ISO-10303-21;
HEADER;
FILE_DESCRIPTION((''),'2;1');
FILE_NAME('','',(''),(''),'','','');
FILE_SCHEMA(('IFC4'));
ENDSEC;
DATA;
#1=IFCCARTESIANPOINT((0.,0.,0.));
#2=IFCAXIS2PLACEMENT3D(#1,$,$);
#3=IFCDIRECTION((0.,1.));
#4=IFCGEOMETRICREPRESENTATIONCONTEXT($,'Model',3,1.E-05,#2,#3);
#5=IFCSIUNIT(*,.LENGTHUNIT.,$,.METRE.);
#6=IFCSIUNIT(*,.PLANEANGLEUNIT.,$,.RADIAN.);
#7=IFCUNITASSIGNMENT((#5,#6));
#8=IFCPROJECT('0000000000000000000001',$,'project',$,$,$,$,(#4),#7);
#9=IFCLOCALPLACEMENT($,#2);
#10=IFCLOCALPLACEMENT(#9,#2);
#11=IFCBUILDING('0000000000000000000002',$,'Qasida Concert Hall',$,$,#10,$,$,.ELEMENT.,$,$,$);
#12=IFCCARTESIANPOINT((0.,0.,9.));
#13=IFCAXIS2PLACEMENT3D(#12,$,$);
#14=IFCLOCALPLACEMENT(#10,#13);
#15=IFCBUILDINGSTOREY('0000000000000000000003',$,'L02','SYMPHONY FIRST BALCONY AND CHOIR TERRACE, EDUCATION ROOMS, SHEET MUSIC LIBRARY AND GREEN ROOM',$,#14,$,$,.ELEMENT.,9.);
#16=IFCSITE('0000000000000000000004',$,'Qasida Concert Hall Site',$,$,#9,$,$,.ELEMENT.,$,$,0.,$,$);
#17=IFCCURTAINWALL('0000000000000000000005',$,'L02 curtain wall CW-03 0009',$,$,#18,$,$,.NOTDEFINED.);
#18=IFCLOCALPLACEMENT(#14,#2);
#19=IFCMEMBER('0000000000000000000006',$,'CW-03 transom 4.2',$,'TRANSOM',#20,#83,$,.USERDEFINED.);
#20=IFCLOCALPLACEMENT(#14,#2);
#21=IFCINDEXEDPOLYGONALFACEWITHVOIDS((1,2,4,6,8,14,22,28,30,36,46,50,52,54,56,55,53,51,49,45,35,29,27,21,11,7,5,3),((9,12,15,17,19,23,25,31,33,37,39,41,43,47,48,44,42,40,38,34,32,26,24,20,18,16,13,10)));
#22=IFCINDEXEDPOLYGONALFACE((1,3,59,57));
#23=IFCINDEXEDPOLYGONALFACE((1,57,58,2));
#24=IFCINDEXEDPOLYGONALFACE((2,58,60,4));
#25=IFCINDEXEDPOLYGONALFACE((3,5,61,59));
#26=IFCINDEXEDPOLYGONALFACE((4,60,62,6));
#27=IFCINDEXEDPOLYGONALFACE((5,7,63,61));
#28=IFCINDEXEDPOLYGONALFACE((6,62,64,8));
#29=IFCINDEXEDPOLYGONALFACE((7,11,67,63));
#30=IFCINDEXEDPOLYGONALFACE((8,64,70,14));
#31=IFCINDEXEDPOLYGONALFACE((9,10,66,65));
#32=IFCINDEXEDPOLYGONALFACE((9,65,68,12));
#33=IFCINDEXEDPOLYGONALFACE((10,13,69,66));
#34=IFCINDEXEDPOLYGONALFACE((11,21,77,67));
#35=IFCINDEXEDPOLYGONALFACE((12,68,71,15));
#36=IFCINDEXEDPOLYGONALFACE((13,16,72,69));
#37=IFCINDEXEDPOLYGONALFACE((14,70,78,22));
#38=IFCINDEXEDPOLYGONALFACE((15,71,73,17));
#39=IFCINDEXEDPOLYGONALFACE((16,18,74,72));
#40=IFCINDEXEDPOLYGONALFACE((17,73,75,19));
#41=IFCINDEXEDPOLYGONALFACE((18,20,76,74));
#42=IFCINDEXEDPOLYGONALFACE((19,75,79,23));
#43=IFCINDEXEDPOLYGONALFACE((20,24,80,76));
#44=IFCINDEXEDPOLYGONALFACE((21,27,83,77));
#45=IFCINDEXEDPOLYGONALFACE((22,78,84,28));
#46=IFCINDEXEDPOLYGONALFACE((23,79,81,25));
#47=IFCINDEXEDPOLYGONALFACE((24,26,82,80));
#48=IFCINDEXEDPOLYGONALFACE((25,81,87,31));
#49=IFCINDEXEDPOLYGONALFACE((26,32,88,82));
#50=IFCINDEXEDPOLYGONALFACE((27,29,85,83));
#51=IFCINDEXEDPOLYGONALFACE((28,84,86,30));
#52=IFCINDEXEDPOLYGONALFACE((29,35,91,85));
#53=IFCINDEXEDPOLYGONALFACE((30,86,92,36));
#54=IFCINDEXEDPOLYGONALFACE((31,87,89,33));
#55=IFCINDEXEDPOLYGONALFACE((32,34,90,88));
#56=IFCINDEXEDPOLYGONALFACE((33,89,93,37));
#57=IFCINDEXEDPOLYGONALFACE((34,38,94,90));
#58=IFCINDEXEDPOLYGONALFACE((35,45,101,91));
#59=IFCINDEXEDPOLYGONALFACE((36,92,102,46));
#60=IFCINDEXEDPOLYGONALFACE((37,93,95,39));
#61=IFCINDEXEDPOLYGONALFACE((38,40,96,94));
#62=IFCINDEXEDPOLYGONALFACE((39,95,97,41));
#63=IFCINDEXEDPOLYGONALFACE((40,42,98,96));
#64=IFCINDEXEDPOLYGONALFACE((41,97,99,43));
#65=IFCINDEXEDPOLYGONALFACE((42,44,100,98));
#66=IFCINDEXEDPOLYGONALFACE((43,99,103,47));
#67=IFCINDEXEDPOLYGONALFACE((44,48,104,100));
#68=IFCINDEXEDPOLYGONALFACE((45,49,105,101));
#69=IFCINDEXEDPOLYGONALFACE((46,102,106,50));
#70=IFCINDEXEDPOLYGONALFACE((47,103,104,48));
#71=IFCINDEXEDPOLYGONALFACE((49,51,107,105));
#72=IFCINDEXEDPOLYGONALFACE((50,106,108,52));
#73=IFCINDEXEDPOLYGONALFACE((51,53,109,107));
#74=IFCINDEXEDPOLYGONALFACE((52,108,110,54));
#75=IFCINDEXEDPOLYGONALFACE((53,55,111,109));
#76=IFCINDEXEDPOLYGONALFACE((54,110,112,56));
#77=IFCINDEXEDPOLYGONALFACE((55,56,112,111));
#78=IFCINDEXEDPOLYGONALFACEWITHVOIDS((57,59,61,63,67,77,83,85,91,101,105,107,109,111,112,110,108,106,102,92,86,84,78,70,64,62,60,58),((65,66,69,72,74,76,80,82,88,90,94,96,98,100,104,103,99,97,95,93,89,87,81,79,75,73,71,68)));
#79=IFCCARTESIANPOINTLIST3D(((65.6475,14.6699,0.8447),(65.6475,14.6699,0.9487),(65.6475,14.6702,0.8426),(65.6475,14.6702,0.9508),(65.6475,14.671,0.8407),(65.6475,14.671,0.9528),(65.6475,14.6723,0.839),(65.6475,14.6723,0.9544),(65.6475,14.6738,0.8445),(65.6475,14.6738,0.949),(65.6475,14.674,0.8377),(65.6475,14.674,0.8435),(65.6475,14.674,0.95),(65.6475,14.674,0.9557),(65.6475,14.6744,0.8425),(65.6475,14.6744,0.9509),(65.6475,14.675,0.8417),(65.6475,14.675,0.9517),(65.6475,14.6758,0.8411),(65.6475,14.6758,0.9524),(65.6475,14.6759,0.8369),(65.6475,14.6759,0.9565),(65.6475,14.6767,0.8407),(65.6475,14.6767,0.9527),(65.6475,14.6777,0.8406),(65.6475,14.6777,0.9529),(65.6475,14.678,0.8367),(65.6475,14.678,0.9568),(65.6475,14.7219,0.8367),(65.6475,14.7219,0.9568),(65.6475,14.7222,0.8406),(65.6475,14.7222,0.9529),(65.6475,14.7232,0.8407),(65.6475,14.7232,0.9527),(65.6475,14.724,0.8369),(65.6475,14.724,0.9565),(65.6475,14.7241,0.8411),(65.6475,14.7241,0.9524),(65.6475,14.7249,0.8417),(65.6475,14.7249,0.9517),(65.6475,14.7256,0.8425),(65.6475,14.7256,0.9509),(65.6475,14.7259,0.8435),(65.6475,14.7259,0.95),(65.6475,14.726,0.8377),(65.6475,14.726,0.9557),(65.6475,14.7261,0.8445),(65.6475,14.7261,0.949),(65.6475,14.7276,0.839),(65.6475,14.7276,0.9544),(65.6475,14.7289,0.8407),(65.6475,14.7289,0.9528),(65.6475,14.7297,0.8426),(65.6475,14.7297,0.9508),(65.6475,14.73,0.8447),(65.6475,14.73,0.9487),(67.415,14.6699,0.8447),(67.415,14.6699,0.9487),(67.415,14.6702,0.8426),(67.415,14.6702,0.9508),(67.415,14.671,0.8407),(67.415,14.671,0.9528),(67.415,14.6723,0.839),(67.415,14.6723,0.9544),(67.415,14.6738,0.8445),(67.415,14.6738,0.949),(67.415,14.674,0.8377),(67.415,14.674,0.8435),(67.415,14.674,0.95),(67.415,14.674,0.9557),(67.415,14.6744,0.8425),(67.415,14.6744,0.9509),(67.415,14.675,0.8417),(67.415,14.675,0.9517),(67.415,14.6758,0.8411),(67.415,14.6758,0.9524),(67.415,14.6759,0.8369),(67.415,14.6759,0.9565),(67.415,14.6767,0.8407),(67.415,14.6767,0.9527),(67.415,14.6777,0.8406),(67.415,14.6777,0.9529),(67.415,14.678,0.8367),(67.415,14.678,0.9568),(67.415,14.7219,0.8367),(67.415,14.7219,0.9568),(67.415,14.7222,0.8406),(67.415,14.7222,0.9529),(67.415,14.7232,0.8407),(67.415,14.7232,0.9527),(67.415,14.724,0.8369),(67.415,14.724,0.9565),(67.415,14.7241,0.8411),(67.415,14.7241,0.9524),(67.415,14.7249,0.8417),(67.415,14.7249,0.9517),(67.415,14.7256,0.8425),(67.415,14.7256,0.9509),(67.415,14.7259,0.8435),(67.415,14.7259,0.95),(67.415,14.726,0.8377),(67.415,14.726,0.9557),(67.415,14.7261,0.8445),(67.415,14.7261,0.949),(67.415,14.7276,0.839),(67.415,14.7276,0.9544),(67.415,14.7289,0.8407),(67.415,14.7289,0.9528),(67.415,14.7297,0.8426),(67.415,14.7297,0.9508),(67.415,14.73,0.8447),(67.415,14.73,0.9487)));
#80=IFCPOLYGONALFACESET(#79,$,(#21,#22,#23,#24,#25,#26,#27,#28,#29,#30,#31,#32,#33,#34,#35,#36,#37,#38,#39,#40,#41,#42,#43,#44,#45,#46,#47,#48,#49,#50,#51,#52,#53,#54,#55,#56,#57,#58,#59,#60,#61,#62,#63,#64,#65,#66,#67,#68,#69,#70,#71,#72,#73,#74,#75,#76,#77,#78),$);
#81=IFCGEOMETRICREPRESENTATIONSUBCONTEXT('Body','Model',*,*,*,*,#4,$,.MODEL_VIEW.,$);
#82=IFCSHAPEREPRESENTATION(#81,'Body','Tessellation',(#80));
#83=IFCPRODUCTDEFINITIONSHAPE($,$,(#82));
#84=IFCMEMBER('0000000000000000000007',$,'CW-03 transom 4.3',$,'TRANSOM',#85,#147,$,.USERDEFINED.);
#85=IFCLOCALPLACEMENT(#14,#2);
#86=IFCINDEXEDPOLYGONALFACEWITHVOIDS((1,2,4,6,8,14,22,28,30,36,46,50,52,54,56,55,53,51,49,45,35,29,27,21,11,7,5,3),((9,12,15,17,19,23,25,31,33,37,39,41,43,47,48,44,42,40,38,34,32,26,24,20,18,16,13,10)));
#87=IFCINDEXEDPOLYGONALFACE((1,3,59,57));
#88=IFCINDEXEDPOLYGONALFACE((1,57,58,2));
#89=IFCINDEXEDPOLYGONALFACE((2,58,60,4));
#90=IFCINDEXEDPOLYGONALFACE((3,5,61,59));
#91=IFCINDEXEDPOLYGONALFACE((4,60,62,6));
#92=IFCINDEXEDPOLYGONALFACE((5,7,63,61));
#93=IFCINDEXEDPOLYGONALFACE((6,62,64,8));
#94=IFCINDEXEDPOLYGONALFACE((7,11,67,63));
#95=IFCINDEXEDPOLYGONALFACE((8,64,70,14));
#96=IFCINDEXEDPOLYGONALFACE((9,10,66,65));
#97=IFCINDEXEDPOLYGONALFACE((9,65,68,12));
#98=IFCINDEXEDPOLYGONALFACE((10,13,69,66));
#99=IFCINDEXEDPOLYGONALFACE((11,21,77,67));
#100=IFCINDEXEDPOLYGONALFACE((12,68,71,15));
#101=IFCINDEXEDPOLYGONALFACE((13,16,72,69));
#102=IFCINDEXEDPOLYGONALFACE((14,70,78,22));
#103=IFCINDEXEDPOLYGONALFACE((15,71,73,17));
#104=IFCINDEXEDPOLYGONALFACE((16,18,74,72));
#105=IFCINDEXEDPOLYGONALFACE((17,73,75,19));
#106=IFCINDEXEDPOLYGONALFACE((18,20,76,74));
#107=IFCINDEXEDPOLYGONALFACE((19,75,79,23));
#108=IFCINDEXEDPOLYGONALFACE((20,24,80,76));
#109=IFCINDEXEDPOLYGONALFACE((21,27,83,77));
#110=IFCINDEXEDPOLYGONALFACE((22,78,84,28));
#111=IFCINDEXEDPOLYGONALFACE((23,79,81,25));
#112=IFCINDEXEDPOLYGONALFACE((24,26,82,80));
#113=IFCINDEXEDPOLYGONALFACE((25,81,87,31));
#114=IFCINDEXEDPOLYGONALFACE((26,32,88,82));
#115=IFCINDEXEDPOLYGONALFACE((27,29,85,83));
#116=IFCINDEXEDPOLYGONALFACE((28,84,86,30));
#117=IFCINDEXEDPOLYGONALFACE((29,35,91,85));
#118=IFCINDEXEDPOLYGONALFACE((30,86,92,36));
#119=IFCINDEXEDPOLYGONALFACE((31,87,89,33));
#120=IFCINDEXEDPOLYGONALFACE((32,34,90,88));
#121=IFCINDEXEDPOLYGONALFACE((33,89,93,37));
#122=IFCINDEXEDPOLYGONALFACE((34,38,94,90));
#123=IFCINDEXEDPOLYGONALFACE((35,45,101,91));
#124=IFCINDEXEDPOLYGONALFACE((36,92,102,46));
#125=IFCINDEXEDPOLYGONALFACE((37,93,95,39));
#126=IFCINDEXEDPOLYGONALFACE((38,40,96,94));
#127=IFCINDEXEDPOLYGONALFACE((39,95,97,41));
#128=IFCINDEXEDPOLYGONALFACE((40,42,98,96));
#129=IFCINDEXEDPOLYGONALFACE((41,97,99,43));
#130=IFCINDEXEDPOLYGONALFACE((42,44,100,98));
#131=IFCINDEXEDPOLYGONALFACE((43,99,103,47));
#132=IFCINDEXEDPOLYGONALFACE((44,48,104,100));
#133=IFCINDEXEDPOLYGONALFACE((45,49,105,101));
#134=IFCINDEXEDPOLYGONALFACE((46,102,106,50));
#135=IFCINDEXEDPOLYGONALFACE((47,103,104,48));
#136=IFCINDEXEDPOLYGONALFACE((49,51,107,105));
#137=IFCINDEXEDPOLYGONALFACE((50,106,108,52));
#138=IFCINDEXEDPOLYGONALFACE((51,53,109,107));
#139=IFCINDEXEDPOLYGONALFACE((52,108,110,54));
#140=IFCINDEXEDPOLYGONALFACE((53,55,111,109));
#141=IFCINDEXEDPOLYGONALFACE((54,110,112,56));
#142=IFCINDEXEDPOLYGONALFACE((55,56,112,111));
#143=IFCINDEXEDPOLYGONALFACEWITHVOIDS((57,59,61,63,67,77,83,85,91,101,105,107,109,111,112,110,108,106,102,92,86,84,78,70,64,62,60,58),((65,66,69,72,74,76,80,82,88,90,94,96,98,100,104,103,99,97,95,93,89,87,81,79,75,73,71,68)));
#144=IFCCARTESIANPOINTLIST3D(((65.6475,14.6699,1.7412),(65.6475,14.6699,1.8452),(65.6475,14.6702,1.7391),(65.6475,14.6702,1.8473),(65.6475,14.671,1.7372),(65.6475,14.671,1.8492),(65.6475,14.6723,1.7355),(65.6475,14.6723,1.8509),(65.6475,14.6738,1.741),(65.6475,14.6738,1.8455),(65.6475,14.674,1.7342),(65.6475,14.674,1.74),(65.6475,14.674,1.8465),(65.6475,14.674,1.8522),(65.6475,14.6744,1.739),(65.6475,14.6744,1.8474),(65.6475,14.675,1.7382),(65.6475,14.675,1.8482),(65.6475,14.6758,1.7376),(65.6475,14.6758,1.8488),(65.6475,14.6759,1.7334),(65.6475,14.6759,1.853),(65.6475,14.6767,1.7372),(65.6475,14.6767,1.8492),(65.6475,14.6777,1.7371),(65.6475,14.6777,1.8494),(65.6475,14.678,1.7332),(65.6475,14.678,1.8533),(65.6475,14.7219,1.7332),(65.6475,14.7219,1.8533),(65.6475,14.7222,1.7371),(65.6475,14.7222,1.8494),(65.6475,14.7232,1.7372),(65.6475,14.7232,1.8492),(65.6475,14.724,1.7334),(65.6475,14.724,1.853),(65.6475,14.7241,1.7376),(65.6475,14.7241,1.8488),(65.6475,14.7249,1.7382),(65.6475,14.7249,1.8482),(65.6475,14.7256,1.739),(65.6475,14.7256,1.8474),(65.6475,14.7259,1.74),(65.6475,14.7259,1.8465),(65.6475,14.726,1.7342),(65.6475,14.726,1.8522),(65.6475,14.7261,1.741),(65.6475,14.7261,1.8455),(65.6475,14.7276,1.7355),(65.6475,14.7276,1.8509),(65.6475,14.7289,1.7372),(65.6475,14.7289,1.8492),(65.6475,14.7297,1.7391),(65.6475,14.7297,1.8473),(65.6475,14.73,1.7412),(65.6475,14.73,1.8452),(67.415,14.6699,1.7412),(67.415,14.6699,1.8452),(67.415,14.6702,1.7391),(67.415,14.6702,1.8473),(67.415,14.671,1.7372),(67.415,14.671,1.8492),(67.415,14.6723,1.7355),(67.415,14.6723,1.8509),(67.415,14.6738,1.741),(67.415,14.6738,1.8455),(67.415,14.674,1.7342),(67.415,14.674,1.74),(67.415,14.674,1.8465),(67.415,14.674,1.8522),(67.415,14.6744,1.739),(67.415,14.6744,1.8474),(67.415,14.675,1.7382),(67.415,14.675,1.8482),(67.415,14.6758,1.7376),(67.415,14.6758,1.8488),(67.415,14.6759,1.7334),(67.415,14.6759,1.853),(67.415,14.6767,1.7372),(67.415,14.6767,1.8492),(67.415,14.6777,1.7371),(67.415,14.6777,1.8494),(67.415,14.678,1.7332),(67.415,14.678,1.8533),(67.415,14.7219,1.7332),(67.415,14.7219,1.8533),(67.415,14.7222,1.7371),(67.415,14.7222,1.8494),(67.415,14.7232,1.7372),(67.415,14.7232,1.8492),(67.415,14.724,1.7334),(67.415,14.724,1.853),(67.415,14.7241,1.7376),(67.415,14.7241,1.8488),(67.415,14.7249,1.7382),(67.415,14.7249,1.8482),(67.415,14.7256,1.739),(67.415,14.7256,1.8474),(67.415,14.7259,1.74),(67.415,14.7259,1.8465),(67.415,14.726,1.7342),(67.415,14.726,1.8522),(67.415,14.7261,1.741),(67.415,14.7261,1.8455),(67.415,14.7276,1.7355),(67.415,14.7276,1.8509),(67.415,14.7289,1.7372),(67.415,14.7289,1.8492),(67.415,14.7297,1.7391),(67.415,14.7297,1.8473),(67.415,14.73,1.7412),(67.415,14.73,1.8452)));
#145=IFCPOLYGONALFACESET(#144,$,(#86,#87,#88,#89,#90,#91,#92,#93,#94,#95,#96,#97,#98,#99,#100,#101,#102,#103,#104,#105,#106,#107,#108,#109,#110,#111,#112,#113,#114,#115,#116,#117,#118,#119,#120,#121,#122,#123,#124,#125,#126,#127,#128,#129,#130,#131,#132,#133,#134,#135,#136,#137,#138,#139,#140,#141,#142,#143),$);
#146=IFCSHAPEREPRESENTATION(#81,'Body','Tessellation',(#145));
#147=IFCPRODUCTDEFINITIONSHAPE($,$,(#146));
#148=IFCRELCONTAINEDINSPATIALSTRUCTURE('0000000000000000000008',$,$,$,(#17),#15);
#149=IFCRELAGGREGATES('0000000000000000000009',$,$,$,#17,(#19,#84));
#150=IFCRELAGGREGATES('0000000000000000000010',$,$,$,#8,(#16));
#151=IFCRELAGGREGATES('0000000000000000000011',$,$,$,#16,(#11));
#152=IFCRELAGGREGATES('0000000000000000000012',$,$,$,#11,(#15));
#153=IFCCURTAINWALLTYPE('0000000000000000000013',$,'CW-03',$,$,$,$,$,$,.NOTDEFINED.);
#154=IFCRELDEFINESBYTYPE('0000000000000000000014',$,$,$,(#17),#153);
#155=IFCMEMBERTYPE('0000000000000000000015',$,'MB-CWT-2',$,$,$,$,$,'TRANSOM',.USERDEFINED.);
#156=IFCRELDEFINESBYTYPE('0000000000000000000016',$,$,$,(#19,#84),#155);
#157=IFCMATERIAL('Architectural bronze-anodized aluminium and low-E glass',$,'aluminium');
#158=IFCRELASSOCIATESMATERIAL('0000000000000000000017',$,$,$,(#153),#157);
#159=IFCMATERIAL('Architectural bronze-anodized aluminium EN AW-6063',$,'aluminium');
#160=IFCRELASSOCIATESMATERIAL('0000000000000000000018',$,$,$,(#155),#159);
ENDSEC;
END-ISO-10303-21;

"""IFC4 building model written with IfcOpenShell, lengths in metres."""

from ifc_helpers import new_model, si_unit, direction, frame, origin, origin_2d, place, context, subcontext, project, spatial, hollow_rectangle, extrude, material, material_profile, profile_set, type_object, element, aggregate, save


model = new_model("IFC4")

# Units and contexts
model_context = context("Model", 3, precision=1e-05, world=origin(), true_north=direction((0.0, 1.0)))
body_context = subcontext(model_context, "Body", "Model", "MODEL_VIEW")
ifc_project = project(units=[si_unit("LENGTHUNIT", "METRE"), si_unit("PLANEANGLEUNIT", "RADIAN")], contexts=[model_context])

# Site, building, storey
site_placement = place(None, origin())
site = spatial("IfcSite", under=ifc_project, at=site_placement, Name="Qasida Concert Hall Site", CompositionType="ELEMENT", RefElevation=0.0)
building_placement = place(site_placement, origin())
building = spatial("IfcBuilding", under=site, at=building_placement, Name="Qasida Concert Hall", CompositionType="ELEMENT")
storey_placement = place(building_placement, frame((0.0, 0.0, 9.0)))
storey = spatial("IfcBuildingStorey", under=building, at=storey_placement, Name="L02", Description="SYMPHONY FIRST BALCONY AND CHOIR TERRACE, EDUCATION ROOMS, SHEET MUSIC LIBRARY AND GREEN ROOM", CompositionType="ELEMENT", Elevation=9.0)

# Curtain wall
ifc_material_1 = material(Name="Architectural bronze-anodized aluminium and low-E glass", Category="aluminium")
curtain_wall_type = type_object("IfcCurtainWallType", Name="CW-03", PredefinedType="NOTDEFINED", material=ifc_material_1)
curtain_wall_1_placement = place(storey_placement, origin())
curtain_wall_1 = element("IfcCurtainWall", 1, at=curtain_wall_1_placement, inside=storey, type_object=curtain_wall_type, Name="L02 curtain wall CW-03 0009", PredefinedType="NOTDEFINED")
ifc_material_2 = material(Name="Architectural bronze-anodized aluminium EN AW-6063", Category="aluminium")

# Members
ifc_material_profile_1 = material_profile(ifc_material_2, hollow_rectangle(XDim=0.0601, YDim=0.1201, WallThickness=0.0039, InnerFilletRadius=0.0039, OuterFilletRadius=0.0081, at=origin_2d()), Name="CWT 120x60x4")
ifc_profile_set_1 = profile_set([ifc_material_profile_1], Name="Architectural bronze-anodized aluminium EN AW-6063")
member_type_1 = type_object("IfcMemberType", Name="MB-CWT-2", ElementType="TRANSOM", PredefinedType="USERDEFINED", material=ifc_profile_set_1)
member_1_placement = place(storey_placement, frame((65.6475, 14.7, 0.8967), z_axis=(1.0, 0.0, 0.0), x_axis=(0.0, 1.0, 0.0)))
member_1 = element("IfcMember", 2, at=member_1_placement, type_object=member_type_1, Name="CW-03 transom 4.2", ObjectType="TRANSOM", PredefinedType="USERDEFINED", context=body_context, shape_type="SweptSolid", body=[
    extrude(hollow_rectangle(XDim=0.0601, YDim=0.1201, WallThickness=0.0039, InnerFilletRadius=0.0039, OuterFilletRadius=0.0081, at=origin_2d()), origin(), (0.0, 0.0, 1.0), 1.7676),
])
member_2_placement = place(storey_placement, frame((65.6475, 14.7, 1.7932), z_axis=(1.0, 0.0, 0.0), x_axis=(0.0, 1.0, 0.0)))
member_2 = element("IfcMember", 3, at=member_2_placement, type_object=member_type_1, Name="CW-03 transom 4.3", ObjectType="TRANSOM", PredefinedType="USERDEFINED", context=body_context, shape_type="SweptSolid", body=[
    extrude(hollow_rectangle(XDim=0.0601, YDim=0.1201, WallThickness=0.0039, InnerFilletRadius=0.0039, OuterFilletRadius=0.0081, at=origin_2d()), origin(), (0.0, 0.0, 1.0), 1.7676),
])

aggregate(curtain_wall_1, [member_1, member_2])

save(model, "model.ifc")
